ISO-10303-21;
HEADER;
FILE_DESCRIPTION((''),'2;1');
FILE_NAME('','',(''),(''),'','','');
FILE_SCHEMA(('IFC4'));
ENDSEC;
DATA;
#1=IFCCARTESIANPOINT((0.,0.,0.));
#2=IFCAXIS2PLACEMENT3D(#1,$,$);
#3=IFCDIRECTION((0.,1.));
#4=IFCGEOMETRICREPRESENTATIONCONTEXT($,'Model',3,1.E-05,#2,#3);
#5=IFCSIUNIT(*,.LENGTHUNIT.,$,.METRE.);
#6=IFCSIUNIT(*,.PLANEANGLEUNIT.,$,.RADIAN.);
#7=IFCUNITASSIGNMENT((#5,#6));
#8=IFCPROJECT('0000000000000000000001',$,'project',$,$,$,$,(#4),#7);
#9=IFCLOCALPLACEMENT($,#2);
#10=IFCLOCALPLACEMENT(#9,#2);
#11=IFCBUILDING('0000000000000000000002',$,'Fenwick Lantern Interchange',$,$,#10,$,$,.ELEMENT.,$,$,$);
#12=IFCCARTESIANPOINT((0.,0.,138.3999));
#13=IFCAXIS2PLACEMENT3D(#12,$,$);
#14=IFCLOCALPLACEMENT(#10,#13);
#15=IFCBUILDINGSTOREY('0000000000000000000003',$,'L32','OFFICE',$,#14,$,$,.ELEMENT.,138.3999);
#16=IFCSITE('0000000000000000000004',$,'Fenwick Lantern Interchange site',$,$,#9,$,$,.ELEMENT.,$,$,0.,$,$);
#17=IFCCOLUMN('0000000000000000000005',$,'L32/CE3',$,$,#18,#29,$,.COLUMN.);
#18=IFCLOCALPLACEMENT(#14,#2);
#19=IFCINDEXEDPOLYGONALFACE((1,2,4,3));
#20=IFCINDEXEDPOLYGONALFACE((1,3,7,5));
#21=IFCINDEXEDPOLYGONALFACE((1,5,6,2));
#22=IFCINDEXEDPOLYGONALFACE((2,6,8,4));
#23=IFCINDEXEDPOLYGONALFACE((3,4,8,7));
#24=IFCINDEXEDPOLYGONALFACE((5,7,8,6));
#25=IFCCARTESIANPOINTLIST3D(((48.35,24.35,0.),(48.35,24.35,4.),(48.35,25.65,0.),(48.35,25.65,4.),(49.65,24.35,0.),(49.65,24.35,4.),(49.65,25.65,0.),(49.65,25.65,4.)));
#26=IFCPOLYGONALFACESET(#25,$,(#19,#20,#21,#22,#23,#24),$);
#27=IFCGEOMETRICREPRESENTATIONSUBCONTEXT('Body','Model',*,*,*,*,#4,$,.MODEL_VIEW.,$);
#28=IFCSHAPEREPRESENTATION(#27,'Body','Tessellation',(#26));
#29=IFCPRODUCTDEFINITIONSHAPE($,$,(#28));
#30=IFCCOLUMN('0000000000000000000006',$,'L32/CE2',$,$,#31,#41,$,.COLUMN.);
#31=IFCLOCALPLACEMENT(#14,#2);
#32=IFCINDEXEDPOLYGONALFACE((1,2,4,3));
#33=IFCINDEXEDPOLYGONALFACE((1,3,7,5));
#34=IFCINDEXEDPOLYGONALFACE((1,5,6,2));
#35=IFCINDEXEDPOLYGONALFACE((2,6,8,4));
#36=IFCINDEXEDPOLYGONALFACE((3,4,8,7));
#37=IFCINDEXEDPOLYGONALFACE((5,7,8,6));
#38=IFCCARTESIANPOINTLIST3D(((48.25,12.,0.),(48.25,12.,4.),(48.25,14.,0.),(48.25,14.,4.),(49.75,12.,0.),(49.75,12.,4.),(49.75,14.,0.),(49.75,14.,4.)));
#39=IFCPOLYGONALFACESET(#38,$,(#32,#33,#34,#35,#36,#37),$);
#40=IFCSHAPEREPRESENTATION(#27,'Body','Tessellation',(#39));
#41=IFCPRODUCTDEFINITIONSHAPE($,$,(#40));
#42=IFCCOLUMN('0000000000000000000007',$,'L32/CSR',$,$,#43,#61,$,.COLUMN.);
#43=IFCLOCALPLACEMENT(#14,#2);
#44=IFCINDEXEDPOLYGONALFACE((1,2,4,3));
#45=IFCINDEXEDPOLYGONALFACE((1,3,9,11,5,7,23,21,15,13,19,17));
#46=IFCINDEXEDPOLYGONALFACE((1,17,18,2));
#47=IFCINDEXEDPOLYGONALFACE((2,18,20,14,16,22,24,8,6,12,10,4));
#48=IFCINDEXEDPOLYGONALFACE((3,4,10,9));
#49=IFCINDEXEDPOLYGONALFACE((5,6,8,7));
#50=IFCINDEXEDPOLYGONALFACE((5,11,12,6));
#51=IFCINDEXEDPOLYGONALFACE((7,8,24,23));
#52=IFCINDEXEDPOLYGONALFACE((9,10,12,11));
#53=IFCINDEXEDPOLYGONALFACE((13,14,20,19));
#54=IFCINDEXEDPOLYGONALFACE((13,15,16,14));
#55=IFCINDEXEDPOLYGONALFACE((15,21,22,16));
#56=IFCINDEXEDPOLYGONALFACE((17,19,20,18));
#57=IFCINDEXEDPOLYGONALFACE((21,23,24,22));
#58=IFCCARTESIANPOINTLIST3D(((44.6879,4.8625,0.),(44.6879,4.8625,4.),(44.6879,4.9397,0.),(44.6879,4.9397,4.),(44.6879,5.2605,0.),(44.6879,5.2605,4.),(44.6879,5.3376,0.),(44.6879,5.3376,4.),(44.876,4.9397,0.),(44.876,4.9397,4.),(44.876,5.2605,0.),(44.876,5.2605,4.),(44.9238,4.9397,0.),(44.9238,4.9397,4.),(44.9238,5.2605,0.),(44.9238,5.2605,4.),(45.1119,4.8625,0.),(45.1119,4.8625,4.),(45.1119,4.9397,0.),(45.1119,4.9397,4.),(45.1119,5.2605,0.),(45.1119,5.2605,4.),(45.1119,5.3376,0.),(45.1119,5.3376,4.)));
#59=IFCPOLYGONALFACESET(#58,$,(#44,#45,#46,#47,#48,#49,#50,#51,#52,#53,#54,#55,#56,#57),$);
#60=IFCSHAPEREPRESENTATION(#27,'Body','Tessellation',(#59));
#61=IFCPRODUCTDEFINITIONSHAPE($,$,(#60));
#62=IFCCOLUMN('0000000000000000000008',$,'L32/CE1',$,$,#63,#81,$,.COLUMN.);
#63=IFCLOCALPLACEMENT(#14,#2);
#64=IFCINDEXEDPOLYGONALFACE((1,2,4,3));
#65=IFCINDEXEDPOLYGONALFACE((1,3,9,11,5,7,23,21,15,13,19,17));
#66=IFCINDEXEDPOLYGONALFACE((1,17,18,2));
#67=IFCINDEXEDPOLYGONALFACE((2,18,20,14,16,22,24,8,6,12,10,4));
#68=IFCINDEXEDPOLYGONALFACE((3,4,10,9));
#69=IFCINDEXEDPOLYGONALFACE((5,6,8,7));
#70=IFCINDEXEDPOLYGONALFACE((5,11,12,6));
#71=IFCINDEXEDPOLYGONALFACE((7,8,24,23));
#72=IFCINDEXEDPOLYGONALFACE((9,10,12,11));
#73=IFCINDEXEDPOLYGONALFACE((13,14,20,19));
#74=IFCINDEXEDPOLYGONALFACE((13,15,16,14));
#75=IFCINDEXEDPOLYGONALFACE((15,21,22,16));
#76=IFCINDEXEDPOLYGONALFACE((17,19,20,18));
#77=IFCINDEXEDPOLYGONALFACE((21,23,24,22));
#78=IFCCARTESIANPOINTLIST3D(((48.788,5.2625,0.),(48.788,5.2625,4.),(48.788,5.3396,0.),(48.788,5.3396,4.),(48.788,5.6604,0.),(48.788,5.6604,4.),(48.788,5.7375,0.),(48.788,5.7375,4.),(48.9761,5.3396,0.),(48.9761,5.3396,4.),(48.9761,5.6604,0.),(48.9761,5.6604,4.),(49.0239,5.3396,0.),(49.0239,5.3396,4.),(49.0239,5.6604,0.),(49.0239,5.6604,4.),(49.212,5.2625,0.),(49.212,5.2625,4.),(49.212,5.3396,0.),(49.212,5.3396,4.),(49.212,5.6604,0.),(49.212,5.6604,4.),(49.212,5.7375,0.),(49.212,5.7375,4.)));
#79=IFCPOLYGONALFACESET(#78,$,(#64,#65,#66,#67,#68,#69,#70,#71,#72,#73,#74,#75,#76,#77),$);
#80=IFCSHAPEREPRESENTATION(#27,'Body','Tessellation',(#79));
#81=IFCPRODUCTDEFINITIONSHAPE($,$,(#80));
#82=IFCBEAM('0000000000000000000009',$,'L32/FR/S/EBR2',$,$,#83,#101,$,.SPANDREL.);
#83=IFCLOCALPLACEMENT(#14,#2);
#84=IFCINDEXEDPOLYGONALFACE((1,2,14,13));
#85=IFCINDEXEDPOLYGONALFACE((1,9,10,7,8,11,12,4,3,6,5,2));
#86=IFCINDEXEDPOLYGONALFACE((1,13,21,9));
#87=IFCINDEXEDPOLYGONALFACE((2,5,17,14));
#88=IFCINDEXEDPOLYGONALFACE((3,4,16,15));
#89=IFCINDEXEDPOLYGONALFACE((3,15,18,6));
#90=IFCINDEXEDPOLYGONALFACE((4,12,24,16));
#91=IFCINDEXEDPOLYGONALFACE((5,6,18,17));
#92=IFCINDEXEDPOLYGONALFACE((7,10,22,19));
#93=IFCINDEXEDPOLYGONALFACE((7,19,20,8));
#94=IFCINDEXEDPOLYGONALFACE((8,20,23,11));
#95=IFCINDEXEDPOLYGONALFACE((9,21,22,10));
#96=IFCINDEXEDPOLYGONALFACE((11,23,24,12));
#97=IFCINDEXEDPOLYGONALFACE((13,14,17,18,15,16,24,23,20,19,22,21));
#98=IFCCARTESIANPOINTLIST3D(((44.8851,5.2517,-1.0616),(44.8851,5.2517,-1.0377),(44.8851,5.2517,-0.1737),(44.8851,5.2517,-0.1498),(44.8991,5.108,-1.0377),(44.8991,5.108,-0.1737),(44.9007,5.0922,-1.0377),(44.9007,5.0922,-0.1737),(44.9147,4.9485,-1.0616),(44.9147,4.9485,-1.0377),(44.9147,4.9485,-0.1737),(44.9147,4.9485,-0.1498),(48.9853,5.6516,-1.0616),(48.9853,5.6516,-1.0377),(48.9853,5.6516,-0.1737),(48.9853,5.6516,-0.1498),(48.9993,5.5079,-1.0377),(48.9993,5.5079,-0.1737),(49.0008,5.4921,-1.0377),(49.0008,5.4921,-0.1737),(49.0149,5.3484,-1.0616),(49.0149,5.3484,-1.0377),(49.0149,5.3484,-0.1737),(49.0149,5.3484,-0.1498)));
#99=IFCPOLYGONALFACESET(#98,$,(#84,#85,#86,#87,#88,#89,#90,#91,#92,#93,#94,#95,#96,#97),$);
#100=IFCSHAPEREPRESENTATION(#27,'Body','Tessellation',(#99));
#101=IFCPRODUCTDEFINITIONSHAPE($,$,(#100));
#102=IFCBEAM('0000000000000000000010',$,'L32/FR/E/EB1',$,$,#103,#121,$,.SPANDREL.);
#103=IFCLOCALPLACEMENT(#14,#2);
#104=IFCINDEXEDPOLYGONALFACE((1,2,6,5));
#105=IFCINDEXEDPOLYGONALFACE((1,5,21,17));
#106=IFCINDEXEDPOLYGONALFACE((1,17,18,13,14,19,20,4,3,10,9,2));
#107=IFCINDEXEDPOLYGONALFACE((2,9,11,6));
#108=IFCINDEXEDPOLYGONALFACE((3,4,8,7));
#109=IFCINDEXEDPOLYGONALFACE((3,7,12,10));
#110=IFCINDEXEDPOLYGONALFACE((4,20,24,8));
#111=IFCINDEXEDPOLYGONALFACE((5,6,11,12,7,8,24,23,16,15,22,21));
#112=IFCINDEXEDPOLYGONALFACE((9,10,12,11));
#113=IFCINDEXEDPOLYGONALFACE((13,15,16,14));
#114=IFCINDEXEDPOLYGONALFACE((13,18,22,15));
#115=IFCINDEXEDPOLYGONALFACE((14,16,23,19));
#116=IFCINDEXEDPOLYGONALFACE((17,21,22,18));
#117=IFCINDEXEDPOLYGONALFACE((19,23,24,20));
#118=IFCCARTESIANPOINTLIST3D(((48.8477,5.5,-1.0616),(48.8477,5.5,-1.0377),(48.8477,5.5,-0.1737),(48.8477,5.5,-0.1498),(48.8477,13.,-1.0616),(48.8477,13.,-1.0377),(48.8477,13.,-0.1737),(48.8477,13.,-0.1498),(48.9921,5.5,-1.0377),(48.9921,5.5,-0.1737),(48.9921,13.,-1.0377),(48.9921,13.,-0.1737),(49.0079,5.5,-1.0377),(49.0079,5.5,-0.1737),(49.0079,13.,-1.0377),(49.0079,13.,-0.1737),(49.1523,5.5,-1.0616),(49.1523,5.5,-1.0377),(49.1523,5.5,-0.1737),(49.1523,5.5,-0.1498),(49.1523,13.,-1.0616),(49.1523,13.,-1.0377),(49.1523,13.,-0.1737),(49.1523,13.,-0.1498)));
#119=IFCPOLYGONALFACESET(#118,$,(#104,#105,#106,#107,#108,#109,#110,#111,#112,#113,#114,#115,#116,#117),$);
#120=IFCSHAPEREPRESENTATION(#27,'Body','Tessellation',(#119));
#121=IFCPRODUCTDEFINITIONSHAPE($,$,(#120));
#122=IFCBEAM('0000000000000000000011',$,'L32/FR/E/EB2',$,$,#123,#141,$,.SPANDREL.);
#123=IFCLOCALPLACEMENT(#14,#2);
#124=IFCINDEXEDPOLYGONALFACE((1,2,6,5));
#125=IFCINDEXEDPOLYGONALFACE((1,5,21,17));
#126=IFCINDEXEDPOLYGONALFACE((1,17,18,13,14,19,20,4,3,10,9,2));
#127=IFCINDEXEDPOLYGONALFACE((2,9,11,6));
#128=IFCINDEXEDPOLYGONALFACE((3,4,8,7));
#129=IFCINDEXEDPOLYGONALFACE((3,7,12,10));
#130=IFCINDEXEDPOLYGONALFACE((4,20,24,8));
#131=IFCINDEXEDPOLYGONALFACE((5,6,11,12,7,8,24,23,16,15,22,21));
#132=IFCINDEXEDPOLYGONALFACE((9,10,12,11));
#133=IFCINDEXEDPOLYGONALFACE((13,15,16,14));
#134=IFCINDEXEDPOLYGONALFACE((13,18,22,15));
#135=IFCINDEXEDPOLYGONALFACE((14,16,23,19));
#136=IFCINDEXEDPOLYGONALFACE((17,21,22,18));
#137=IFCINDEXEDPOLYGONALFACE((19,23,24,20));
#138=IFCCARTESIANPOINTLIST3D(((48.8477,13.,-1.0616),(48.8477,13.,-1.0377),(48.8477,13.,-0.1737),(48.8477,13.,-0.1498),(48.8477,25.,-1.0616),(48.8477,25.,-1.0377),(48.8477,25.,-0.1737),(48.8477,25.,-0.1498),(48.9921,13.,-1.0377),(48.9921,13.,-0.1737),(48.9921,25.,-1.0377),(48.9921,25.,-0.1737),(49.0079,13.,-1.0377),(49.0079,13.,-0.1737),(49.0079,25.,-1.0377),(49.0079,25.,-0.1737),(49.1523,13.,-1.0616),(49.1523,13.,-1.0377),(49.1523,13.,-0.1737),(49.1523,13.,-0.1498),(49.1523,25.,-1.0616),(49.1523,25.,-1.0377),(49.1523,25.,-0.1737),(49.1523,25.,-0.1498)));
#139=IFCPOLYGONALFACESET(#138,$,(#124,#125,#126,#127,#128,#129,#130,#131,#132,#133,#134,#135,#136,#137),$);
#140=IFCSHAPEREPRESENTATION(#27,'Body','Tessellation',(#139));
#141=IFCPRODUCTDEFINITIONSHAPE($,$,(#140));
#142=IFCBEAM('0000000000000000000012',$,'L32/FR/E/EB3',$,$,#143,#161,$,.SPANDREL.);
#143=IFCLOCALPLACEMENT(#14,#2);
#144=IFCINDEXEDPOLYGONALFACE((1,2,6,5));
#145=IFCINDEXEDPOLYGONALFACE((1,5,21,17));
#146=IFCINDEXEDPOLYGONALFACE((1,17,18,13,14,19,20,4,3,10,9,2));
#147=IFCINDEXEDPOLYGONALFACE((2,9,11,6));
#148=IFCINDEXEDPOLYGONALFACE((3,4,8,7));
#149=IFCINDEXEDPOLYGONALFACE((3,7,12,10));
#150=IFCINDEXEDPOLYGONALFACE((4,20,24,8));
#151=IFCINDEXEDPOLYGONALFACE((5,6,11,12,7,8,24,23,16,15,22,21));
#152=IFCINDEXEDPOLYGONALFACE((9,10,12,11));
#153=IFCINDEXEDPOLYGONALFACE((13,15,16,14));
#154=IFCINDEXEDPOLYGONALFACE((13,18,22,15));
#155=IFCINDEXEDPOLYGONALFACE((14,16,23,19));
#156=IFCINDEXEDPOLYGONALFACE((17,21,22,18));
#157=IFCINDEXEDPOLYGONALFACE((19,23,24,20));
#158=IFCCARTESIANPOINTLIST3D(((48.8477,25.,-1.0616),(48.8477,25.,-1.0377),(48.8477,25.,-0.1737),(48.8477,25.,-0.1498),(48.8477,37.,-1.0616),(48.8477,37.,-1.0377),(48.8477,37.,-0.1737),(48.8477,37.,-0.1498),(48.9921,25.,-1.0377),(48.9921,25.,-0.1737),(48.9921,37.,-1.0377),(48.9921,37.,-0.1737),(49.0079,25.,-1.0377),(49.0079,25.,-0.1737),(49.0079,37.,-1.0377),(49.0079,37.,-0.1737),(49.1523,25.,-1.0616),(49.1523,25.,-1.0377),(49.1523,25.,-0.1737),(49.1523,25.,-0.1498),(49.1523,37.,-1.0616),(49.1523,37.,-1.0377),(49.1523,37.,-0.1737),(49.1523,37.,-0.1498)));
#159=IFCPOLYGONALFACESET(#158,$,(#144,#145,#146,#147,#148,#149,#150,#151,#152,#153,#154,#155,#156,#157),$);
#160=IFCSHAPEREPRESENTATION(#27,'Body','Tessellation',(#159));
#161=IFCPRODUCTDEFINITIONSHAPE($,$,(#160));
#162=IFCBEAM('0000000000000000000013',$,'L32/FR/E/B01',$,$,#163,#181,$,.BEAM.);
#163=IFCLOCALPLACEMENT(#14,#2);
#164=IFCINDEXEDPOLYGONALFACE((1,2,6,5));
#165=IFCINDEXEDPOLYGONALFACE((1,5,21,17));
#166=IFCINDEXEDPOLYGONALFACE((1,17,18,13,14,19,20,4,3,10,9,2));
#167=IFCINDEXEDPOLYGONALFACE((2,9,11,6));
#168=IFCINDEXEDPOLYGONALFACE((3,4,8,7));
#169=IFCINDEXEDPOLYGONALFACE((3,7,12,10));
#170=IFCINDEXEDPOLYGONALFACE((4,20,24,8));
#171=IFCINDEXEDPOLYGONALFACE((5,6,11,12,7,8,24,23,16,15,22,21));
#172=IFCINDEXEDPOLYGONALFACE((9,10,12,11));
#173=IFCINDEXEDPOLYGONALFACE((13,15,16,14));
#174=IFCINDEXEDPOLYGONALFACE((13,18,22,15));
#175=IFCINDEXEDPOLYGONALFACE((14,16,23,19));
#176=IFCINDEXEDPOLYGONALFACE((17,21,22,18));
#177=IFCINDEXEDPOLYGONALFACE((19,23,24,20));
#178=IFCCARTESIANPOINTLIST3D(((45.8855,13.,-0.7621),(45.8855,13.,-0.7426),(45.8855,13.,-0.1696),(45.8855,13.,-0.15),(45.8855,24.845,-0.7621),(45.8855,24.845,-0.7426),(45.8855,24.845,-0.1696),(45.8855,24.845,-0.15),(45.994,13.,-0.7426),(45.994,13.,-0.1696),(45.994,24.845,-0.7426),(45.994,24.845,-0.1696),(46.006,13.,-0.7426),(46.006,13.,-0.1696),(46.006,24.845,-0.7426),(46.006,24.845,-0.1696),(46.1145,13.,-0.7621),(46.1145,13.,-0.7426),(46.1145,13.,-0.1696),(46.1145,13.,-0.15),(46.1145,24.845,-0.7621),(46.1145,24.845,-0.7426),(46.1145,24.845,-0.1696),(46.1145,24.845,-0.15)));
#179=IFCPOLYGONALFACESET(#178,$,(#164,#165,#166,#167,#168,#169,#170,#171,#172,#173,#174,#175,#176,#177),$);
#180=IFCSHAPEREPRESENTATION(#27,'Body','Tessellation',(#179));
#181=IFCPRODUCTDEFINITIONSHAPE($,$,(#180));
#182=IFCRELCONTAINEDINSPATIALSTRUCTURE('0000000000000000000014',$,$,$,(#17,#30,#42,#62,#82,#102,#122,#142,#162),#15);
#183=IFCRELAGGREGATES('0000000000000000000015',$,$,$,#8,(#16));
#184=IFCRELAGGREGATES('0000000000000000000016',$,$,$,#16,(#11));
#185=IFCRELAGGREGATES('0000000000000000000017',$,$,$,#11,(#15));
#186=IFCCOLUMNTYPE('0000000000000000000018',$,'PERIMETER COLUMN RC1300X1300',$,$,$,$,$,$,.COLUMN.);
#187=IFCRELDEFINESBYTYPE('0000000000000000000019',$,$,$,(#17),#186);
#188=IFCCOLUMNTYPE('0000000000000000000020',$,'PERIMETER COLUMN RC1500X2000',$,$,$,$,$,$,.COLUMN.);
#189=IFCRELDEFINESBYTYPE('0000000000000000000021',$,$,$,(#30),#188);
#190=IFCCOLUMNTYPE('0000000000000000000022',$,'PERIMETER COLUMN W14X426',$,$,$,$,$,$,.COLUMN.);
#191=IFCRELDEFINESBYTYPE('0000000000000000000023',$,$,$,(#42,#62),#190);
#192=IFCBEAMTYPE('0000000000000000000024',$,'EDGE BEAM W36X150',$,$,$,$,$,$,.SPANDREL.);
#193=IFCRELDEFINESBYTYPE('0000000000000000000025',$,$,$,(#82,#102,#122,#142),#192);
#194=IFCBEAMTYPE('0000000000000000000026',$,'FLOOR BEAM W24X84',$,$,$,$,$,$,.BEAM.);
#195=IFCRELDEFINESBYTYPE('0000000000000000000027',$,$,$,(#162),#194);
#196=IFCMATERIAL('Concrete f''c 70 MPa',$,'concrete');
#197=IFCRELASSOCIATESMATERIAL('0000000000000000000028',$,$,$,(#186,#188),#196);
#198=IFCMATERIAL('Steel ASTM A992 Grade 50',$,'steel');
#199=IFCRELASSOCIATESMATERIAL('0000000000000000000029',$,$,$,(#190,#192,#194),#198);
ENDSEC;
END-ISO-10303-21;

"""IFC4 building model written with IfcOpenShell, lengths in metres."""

from ifc_helpers import new_model, si_unit, direction, frame, origin, origin_2d, place, context, subcontext, project, spatial, rectangle, i_section, extrude, material, material_profile, profile_set, type_object, element, save


model = new_model("IFC4")

# Units and contexts
model_context = context("Model", 3, precision=1e-05, world=origin(), true_north=direction((0.0, 1.0)))
body_context = subcontext(model_context, "Body", "Model", "MODEL_VIEW")
ifc_project = project(units=[si_unit("LENGTHUNIT", "METRE"), si_unit("PLANEANGLEUNIT", "RADIAN")], contexts=[model_context])

# Site, building, storey
site_placement = place(None, origin())
site = spatial("IfcSite", under=ifc_project, at=site_placement, Name="Fenwick Lantern Interchange site", CompositionType="ELEMENT", RefElevation=0.0)
building_placement = place(site_placement, origin())
building = spatial("IfcBuilding", under=site, at=building_placement, Name="Fenwick Lantern Interchange", CompositionType="ELEMENT")
storey_placement = place(building_placement, frame((0.0, 0.0, 138.3999)))
storey = spatial("IfcBuildingStorey", under=building, at=storey_placement, Name="L32", Description="OFFICE", CompositionType="ELEMENT", Elevation=138.3999)

# Columns
ifc_material_1 = material(Name="Concrete f'c 70 MPa", Category="concrete")
ifc_material_profile_1 = material_profile(ifc_material_1, rectangle(XDim=1.3, YDim=1.3, at=origin_2d()), Name="RC1300X1300")
ifc_profile_set_1 = profile_set([ifc_material_profile_1], Name="Concrete f'c 70 MPa")
column_type_1 = type_object("IfcColumnType", Name="PERIMETER COLUMN RC1300X1300", PredefinedType="COLUMN", material=ifc_profile_set_1)
column_1_placement = place(storey_placement, frame((49.0, 25.0, 0.0), z_axis=(0.0, 0.0, 1.0), x_axis=(1.0, 0.0, 0.0)))
element("IfcColumn", 1, at=column_1_placement, inside=storey, type_object=column_type_1, Name="L32/CE3", PredefinedType="COLUMN", context=body_context, shape_type="SweptSolid", body=[
    extrude(rectangle(XDim=1.3, YDim=1.3, at=origin_2d()), origin(), (0.0, 0.0, 1.0), 4.0),
])
ifc_material_profile_2 = material_profile(ifc_material_1, rectangle(XDim=1.5, YDim=2.0, at=origin_2d()), Name="RC1500X2000")
ifc_profile_set_2 = profile_set([ifc_material_profile_2], Name="Concrete f'c 70 MPa")
column_type_2 = type_object("IfcColumnType", Name="PERIMETER COLUMN RC1500X2000", PredefinedType="COLUMN", material=ifc_profile_set_2)
column_2_placement = place(storey_placement, frame((49.0, 13.0, 0.0), z_axis=(0.0, 0.0, 1.0), x_axis=(1.0, 0.0, 0.0)))
element("IfcColumn", 2, at=column_2_placement, inside=storey, type_object=column_type_2, Name="L32/CE2", PredefinedType="COLUMN", context=body_context, shape_type="SweptSolid", body=[
    extrude(rectangle(XDim=1.5, YDim=2.0, at=origin_2d()), origin(), (0.0, 0.0, 1.0), 4.0),
])
ifc_material_2 = material(Name="Steel ASTM A992 Grade 50", Category="steel")
ifc_material_profile_3 = material_profile(ifc_material_2, i_section(OverallWidth=0.4241, OverallDepth=0.4751, WebThickness=0.0479, FlangeThickness=0.0771, at=origin_2d()), Name="W14X426")
ifc_profile_set_3 = profile_set([ifc_material_profile_3], Name="Steel ASTM A992 Grade 50")
column_type_3 = type_object("IfcColumnType", Name="PERIMETER COLUMN W14X426", PredefinedType="COLUMN", material=ifc_profile_set_3)
for number, where, z_axis, x_axis, name in (
    (3, (44.8999, 5.1001, 0.0), (0.0, 0.0, 1.0), (1.0, 0.0, 0.0), "L32/CSR"),
    (4, (49.0, 5.5, 0.0), (0.0, 0.0, 1.0), (1.0, 0.0, 0.0), "L32/CE1"),
):
    element("IfcColumn", number, at=place(storey_placement, frame(where, z_axis=z_axis, x_axis=x_axis)), inside=storey, type_object=column_type_3, Name=name, PredefinedType="COLUMN", context=body_context, shape_type="SweptSolid", body=[
        extrude(i_section(OverallWidth=0.4241, OverallDepth=0.4751, WebThickness=0.0479, FlangeThickness=0.0771, at=origin_2d()), origin(), (0.0, 0.0, 1.0), 4.0),
    ])

# Beams
ifc_material_profile_4 = material_profile(ifc_material_2, i_section(OverallWidth=0.3047, OverallDepth=0.9119, WebThickness=0.0159, FlangeThickness=0.0239, at=origin_2d()), Name="W36X150")
ifc_profile_set_4 = profile_set([ifc_material_profile_4], Name="Steel ASTM A992 Grade 50")
beam_type_1 = type_object("IfcBeamType", Name="EDGE BEAM W36X150", PredefinedType="SPANDREL", material=ifc_profile_set_4)
beam_1_placement = place(storey_placement, frame((44.8999, 5.1001, -0.6057), z_axis=(0.995277, 0.097074, 0.0), x_axis=(-0.097074, 0.995277, 0.0)))
element("IfcBeam", 5, at=beam_1_placement, inside=storey, type_object=beam_type_1, Name="L32/FR/S/EBR2", PredefinedType="SPANDREL", context=body_context, shape_type="SweptSolid", body=[
    extrude(i_section(OverallWidth=0.3047, OverallDepth=0.9119, WebThickness=0.0159, FlangeThickness=0.0239, at=origin_2d()), origin(), (0.0, 0.0, 1.0), 4.1196),
])
beam_2_placement = place(storey_placement, frame((49.0, 5.5, -0.6057), z_axis=(0.0, 1.0, 0.0), x_axis=(-1.0, 0.0, 0.0)))
element("IfcBeam", 6, at=beam_2_placement, inside=storey, type_object=beam_type_1, Name="L32/FR/E/EB1", PredefinedType="SPANDREL", context=body_context, shape_type="SweptSolid", body=[
    extrude(i_section(OverallWidth=0.3047, OverallDepth=0.9119, WebThickness=0.0159, FlangeThickness=0.0239, at=origin_2d()), origin(), (0.0, 0.0, 1.0), 7.5),
])
for number, where, z_axis, x_axis, name in (
    (7, (49.0, 13.0, -0.6057), (0.0, 1.0, 0.0), (-1.0, 0.0, 0.0), "L32/FR/E/EB2"),
    (8, (49.0, 25.0, -0.6057), (0.0, 1.0, 0.0), (-1.0, 0.0, 0.0), "L32/FR/E/EB3"),
):
    element("IfcBeam", number, at=place(storey_placement, frame(where, z_axis=z_axis, x_axis=x_axis)), inside=storey, type_object=beam_type_1, Name=name, PredefinedType="SPANDREL", context=body_context, shape_type="SweptSolid", body=[
        extrude(i_section(OverallWidth=0.3047, OverallDepth=0.9119, WebThickness=0.0159, FlangeThickness=0.0239, at=origin_2d()), origin(), (0.0, 0.0, 1.0), 12.0),
    ])
ifc_material_profile_5 = material_profile(ifc_material_2, i_section(OverallWidth=0.229, OverallDepth=0.6121, WebThickness=0.012, FlangeThickness=0.0195, at=origin_2d()), Name="W24X84")
ifc_profile_set_5 = profile_set([ifc_material_profile_5], Name="Steel ASTM A992 Grade 50")
beam_type_2 = type_object("IfcBeamType", Name="FLOOR BEAM W24X84", PredefinedType="BEAM", material=ifc_profile_set_5)
beam_3_placement = place(storey_placement, frame((46.0, 13.0, -0.4561), z_axis=(0.0, 1.0, 0.0), x_axis=(-1.0, 0.0, 0.0)))
element("IfcBeam", 9, at=beam_3_placement, inside=storey, type_object=beam_type_2, Name="L32/FR/E/B01", PredefinedType="BEAM", context=body_context, shape_type="SweptSolid", body=[
    extrude(i_section(OverallWidth=0.229, OverallDepth=0.6121, WebThickness=0.012, FlangeThickness=0.0195, at=origin_2d()), origin(), (0.0, 0.0, 1.0), 11.845),
])

save(model, "model.ifc")
